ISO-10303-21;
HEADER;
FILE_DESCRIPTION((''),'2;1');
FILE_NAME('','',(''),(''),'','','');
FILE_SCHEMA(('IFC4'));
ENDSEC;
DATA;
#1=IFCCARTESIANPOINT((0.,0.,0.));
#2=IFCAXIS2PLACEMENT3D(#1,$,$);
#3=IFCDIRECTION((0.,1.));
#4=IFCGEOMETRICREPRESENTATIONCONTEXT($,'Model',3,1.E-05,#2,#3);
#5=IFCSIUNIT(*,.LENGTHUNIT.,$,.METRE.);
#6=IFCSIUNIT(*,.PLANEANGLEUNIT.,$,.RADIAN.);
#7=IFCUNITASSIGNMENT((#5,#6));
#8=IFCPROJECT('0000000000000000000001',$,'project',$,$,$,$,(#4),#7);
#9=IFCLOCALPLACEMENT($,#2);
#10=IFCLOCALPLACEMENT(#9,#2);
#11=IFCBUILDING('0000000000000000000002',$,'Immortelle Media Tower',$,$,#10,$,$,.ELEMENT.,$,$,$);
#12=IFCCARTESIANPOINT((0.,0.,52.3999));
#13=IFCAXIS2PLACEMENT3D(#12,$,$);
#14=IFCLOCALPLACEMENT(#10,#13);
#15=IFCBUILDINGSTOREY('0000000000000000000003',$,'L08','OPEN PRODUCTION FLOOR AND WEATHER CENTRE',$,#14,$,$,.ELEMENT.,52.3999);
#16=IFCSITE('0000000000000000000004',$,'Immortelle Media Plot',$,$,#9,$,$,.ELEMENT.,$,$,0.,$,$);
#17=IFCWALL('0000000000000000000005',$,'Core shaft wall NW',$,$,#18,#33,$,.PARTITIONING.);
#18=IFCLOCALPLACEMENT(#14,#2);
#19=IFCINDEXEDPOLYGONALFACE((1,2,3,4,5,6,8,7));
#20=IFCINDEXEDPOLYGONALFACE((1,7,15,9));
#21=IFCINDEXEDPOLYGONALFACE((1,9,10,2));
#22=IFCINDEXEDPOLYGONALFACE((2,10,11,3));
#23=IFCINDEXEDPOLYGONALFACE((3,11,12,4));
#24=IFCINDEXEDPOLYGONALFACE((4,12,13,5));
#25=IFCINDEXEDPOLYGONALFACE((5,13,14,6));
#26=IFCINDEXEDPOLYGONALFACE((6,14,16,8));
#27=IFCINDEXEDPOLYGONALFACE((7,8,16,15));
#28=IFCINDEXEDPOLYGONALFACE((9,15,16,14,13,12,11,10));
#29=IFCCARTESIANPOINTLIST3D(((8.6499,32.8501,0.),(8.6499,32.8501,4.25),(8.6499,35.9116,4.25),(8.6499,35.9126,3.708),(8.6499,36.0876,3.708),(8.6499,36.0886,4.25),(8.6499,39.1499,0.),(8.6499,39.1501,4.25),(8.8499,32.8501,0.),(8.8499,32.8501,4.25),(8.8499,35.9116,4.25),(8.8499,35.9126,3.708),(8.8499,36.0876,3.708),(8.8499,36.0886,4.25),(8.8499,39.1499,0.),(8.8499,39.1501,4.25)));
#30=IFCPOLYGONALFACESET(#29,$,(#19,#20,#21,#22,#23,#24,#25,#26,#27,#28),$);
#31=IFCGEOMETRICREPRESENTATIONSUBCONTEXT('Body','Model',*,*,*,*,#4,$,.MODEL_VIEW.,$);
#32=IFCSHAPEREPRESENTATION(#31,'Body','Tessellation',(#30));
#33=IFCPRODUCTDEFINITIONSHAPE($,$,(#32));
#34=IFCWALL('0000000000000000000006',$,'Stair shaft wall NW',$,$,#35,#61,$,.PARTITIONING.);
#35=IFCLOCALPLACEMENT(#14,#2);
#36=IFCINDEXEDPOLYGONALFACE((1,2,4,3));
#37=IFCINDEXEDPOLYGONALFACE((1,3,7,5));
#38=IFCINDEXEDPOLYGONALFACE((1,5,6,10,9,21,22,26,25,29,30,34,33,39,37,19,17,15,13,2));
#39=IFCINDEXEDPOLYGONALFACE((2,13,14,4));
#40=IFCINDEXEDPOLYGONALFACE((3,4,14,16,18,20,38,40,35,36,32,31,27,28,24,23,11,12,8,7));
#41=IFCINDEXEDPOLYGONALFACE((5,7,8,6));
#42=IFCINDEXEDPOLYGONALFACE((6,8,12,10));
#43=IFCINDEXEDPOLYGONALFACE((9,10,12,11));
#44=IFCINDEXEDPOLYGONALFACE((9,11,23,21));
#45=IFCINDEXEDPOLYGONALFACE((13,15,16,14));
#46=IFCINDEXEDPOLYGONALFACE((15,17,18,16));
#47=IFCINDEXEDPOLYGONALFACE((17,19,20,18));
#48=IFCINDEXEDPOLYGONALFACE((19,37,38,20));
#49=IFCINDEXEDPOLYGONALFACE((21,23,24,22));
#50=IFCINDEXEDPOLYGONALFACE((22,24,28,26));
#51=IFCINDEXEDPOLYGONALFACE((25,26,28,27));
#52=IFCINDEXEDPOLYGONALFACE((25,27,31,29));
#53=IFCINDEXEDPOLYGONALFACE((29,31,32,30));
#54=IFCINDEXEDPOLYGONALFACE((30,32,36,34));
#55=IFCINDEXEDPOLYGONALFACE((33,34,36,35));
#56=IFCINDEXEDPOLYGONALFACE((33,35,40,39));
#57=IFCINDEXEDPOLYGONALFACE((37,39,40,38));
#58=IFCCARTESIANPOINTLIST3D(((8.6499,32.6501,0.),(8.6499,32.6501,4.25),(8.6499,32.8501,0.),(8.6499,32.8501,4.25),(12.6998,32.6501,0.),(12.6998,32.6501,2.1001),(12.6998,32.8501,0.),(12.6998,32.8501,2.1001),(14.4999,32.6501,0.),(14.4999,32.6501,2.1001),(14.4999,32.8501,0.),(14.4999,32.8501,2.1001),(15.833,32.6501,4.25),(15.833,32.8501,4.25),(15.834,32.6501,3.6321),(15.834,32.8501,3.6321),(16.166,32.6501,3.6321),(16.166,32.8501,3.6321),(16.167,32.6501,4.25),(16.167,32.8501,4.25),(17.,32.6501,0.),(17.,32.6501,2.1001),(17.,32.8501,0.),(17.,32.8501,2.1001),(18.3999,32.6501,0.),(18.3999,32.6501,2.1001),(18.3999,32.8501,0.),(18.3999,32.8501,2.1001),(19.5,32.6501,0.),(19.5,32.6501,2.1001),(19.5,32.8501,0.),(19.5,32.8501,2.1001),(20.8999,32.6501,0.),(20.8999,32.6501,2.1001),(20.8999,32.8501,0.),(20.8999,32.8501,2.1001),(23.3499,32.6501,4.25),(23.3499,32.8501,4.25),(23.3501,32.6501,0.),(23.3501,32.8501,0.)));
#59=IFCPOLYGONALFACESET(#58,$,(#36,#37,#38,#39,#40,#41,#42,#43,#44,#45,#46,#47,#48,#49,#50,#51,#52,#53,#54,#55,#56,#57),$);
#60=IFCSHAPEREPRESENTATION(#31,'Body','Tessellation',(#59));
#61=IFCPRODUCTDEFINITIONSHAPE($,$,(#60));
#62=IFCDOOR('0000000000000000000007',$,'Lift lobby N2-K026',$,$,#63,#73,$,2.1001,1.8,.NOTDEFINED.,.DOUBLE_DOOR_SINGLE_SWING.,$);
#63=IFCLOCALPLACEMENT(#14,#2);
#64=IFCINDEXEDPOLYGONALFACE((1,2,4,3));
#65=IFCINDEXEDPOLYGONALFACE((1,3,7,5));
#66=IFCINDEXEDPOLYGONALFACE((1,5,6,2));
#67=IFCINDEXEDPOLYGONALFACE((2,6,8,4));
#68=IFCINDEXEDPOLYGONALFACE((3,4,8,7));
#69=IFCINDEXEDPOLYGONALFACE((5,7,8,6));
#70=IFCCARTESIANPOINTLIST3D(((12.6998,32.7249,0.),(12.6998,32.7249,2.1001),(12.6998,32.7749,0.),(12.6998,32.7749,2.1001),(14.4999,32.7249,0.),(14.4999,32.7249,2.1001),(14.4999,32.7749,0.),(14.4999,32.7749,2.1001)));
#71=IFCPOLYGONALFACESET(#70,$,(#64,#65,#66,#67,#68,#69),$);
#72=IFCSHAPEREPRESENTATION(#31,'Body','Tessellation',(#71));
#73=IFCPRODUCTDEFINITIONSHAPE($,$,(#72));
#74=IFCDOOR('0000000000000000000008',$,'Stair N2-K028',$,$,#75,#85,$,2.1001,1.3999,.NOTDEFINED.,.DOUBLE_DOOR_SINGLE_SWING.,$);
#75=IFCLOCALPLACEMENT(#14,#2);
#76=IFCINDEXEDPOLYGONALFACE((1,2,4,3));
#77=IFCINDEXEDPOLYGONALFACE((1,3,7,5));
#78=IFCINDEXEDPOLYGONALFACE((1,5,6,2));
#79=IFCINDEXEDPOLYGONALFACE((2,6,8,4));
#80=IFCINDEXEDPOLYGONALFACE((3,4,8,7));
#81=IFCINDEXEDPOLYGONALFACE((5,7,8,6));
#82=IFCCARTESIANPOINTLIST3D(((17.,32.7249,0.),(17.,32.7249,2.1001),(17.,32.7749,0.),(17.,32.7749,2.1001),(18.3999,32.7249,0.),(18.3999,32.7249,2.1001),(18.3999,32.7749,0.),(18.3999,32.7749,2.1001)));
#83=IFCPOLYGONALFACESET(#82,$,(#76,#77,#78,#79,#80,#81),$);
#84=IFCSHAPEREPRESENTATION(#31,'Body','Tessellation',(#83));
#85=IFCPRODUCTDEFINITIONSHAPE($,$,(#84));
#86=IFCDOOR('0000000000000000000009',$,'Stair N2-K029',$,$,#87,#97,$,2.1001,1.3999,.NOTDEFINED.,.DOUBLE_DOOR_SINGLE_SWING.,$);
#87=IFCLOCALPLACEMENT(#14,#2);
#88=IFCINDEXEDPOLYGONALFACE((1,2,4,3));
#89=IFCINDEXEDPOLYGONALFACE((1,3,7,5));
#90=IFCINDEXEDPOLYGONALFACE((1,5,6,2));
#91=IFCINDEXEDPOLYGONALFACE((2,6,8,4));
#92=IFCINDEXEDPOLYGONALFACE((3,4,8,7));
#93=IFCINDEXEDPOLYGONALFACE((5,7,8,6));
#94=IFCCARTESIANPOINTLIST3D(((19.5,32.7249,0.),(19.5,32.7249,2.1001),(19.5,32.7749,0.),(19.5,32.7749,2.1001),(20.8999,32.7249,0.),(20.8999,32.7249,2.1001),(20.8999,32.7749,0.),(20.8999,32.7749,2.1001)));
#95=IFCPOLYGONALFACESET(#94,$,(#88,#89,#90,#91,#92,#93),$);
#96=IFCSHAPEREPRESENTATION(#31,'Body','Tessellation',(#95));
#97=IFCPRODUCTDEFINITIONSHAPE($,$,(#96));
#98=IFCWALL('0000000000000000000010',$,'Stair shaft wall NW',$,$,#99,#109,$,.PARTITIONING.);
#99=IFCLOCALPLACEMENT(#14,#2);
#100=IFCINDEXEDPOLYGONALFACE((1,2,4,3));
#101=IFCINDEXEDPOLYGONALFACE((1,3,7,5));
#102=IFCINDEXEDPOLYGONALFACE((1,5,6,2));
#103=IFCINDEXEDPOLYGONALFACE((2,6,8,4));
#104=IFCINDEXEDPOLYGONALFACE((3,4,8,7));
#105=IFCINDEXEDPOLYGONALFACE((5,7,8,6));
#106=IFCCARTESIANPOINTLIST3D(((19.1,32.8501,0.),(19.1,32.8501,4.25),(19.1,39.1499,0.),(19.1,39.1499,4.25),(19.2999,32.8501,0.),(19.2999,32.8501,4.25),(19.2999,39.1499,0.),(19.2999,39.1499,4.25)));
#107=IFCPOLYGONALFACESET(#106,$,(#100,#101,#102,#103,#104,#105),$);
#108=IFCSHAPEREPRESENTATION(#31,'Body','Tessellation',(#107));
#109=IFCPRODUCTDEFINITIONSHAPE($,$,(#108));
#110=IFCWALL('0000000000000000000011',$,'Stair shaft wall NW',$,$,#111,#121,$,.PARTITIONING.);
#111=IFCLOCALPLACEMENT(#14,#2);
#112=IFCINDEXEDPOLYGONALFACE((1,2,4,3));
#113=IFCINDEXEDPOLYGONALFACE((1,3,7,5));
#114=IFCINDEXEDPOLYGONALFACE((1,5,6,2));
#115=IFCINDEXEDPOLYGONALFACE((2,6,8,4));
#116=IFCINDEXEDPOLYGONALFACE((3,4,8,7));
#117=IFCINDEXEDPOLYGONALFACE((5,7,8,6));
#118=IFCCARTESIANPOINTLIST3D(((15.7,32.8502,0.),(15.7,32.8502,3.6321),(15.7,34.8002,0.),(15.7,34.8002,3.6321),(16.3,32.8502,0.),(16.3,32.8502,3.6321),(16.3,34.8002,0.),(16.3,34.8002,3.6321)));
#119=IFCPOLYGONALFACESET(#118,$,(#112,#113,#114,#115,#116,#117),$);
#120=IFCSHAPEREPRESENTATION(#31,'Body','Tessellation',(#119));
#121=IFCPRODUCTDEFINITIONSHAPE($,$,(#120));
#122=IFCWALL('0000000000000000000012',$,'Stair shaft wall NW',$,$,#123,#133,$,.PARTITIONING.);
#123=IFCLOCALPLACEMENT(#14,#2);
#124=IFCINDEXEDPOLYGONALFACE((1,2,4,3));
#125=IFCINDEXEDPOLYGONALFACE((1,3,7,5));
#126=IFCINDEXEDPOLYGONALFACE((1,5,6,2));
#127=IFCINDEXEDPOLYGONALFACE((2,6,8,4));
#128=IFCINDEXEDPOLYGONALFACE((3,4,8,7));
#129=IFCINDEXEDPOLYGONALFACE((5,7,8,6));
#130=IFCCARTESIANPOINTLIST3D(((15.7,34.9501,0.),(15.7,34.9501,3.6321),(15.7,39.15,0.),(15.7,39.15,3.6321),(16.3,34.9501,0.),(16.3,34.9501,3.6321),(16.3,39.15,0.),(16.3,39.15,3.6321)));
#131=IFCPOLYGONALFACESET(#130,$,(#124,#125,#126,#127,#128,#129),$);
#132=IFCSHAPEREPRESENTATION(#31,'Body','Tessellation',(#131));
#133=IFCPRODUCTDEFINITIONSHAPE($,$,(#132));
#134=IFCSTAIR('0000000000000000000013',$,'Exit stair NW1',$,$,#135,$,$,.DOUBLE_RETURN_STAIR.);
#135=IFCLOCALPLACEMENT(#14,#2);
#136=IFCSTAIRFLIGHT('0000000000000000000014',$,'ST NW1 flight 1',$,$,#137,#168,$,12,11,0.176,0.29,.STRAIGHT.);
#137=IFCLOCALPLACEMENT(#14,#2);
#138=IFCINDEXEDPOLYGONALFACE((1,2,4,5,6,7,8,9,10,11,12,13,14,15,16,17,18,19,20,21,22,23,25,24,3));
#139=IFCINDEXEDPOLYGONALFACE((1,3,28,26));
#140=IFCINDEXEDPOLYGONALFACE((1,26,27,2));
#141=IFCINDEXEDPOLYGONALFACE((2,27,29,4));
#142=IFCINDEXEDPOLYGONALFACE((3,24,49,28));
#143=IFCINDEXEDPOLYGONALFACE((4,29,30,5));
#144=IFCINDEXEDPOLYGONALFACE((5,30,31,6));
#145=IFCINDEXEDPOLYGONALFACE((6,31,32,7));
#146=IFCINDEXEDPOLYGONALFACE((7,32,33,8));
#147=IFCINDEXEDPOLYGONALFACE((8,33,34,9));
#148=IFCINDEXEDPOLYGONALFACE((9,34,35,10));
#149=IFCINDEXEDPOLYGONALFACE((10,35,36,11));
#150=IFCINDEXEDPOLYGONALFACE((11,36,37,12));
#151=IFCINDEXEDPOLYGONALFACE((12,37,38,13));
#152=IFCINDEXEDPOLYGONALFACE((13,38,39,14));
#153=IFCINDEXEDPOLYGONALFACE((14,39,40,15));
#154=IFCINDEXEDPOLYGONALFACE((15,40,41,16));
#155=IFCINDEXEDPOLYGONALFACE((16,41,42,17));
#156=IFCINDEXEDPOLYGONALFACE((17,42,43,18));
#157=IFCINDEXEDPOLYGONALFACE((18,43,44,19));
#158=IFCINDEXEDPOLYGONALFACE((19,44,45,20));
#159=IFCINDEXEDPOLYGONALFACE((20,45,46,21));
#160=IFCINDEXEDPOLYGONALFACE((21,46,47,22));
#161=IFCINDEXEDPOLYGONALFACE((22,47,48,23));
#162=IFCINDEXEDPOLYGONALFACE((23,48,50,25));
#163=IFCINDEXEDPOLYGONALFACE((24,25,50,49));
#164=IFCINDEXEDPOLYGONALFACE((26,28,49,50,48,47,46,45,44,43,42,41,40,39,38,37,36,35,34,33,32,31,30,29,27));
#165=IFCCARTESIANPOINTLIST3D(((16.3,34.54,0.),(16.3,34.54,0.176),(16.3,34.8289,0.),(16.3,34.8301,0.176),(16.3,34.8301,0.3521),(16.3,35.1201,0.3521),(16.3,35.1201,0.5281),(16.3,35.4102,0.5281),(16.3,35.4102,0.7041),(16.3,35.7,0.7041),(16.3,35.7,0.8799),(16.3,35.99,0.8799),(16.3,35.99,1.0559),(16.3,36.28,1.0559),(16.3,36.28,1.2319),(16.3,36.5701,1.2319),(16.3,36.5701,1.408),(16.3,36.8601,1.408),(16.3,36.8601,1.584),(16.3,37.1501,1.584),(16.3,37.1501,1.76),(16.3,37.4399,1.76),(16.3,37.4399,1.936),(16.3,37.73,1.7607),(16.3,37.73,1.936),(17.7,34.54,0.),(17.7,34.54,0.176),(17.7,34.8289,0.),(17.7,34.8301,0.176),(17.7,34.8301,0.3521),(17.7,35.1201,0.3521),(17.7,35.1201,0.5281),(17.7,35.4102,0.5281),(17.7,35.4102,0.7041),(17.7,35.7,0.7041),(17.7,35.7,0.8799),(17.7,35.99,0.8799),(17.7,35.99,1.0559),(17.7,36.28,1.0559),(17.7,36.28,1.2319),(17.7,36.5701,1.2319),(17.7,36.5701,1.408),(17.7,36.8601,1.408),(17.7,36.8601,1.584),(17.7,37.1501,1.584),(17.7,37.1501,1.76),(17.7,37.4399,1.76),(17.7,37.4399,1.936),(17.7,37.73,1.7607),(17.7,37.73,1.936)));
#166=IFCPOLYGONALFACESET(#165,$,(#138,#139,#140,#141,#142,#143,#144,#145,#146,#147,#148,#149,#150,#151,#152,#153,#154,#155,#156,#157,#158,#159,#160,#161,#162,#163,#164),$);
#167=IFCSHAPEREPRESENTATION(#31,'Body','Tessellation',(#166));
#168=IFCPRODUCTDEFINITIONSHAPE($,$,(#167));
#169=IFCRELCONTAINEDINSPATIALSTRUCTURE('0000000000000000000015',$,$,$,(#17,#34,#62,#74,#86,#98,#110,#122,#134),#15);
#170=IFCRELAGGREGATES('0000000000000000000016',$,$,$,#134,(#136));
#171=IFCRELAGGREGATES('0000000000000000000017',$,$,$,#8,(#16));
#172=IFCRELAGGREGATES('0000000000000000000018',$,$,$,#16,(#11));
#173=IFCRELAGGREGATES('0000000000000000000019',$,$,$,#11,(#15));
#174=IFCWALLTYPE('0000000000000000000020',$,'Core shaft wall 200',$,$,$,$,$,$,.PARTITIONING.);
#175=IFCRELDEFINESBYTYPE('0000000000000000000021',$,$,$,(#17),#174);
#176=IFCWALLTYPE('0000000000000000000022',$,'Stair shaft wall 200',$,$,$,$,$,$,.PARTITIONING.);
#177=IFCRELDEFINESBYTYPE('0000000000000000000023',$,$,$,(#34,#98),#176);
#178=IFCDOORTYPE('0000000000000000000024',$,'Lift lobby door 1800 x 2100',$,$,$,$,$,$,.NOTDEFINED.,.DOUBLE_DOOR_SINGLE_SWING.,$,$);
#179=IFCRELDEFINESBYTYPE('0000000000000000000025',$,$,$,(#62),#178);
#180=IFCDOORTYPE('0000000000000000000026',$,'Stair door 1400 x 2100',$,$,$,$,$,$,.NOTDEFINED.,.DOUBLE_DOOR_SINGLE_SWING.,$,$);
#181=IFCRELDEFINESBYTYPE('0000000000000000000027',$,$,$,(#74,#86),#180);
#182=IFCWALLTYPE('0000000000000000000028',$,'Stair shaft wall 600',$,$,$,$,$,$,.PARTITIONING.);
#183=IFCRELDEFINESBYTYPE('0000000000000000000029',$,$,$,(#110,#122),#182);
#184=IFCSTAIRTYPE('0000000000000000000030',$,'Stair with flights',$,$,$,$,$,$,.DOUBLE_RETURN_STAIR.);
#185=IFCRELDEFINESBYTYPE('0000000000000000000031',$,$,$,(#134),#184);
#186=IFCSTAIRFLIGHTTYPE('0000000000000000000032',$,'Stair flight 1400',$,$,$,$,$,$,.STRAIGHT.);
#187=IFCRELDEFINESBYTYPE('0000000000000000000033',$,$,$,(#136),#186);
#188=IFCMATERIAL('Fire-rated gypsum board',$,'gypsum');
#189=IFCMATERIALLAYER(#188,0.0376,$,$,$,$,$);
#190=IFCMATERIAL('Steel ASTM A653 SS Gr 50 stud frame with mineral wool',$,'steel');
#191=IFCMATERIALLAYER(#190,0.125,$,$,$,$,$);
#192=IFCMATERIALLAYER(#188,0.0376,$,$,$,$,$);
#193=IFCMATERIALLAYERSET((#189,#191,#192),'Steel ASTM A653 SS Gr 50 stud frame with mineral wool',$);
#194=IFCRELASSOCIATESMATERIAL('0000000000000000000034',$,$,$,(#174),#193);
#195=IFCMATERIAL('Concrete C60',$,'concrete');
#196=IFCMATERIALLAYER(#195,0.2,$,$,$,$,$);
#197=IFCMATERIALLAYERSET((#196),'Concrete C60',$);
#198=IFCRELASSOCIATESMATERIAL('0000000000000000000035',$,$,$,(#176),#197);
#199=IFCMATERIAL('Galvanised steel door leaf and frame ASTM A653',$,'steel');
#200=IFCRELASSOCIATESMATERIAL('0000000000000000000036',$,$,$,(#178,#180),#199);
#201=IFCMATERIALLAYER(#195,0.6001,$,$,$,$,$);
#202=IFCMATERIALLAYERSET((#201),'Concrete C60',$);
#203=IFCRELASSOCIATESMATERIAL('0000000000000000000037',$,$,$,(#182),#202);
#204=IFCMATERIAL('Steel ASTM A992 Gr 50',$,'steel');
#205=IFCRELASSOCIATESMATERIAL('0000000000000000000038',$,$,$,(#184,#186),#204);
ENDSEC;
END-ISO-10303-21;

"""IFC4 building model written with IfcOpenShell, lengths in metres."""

from ifc_helpers import new_model, si_unit, direction, frame, frame_2d, origin, place, context, subcontext, project, spatial, polyline, rectangle, outline, extrude, material, layer, layer_set, type_object, element, fill, aggregate, save


model = new_model("IFC4")

# Units and contexts
model_context = context("Model", 3, precision=1e-05, world=origin(), true_north=direction((0.0, 1.0)))
body_context = subcontext(model_context, "Body", "Model", "MODEL_VIEW")
ifc_project = project(units=[si_unit("LENGTHUNIT", "METRE"), si_unit("PLANEANGLEUNIT", "RADIAN")], contexts=[model_context])

# Site, building, storey
site_placement = place(None, origin())
site = spatial("IfcSite", under=ifc_project, at=site_placement, Name="Immortelle Media Plot", CompositionType="ELEMENT", RefElevation=0.0)
building_placement = place(site_placement, origin())
building = spatial("IfcBuilding", under=site, at=building_placement, Name="Immortelle Media Tower", CompositionType="ELEMENT")
storey_placement = place(building_placement, frame((0.0, 0.0, 52.3999)))
storey = spatial("IfcBuildingStorey", under=building, at=storey_placement, Name="L08", Description="OPEN PRODUCTION FLOOR AND WEATHER CENTRE", CompositionType="ELEMENT", Elevation=52.3999)

# Shared definitions
ifc_material_1 = material(Name="Fire-rated gypsum board", Category="gypsum")
ifc_material_2 = material(Name="Steel ASTM A653 SS Gr 50 stud frame with mineral wool", Category="steel")
ifc_material_3 = material(Name="Galvanised steel door leaf and frame ASTM A653", Category="steel")

# Wall
ifc_layer_1 = layer(ifc_material_1, 0.0376)
ifc_layer_2 = layer(ifc_material_2, 0.125)
ifc_layer_3 = layer(ifc_material_1, 0.0376)
ifc_layer_set_1 = layer_set([ifc_layer_1, ifc_layer_2, ifc_layer_3], Name="Steel ASTM A653 SS Gr 50 stud frame with mineral wool")
wall_type_1 = type_object("IfcWallType", Name="Core shaft wall 200", PredefinedType="PARTITIONING", material=ifc_layer_set_1)
wall_1_placement = place(storey_placement, frame((8.75, 32.8501, 0.0), z_axis=(0.0, 0.0, 1.0), x_axis=(0.0, 1.0, 0.0)))
element("IfcWall", 1, at=wall_1_placement, inside=storey, type_object=wall_type_1, Name="Core shaft wall NW", PredefinedType="PARTITIONING", context=body_context, shape_type="SweptSolid", body=[
    extrude(outline(polyline([(0.0, 0.0), (6.2998, 0.0), (6.3, 4.25), (3.2385, 4.25), (3.2375, 3.708), (3.0625, 3.708), (3.0615, 4.25), (0.0, 4.25), (0.0, 0.0)])), frame((0.0, 0.1001, 0.0), z_axis=(0.0, -1.0, 0.0), x_axis=(1.0, 0.0, 0.0)), (0.0, 0.0, 1.0), 0.2),
])

# Wall, openings, doors
ifc_material_4 = material(Name="Concrete C60", Category="concrete")
ifc_layer_4 = layer(ifc_material_4, 0.2)
ifc_layer_set_2 = layer_set([ifc_layer_4], Name="Concrete C60")
wall_type_2 = type_object("IfcWallType", Name="Stair shaft wall 200", PredefinedType="PARTITIONING", material=ifc_layer_set_2)
wall_2_placement = place(storey_placement, frame((8.6499, 32.75, 0.0), z_axis=(0.0, 0.0, 1.0), x_axis=(1.0, 0.0, 0.0)))
wall_2 = element("IfcWall", 2, at=wall_2_placement, inside=storey, type_object=wall_type_2, Name="Stair shaft wall NW", PredefinedType="PARTITIONING", context=body_context, shape_type="SweptSolid", body=[
    extrude(outline(polyline([(0.0, 0.0), (14.7002, 0.0), (14.7, 4.25), (7.5171, 4.25), (7.5161, 3.6321), (7.1841, 3.6321), (7.1831, 4.25), (0.0, 4.25), (0.0, 0.0)])), frame((0.0, 0.1001, 0.0), z_axis=(0.0, -1.0, 0.0), x_axis=(1.0, 0.0, 0.0)), (0.0, 0.0, 1.0), 0.2),
])
opening_1_placement = place(wall_2_placement, frame((4.05, 0.0, 0.0)))
opening_1 = element("IfcOpeningElement", 3, at=opening_1_placement, cuts=wall_2, PredefinedType="OPENING", context=body_context, shape_type="SweptSolid", body=[
    extrude(rectangle(XDim=1.8, YDim=2.1001, at=frame_2d((0.8999, 1.05))), frame((0.0, 0.1099, 0.0), z_axis=(0.0, -1.0, 0.0), x_axis=(1.0, 0.0, 0.0)), (0.0, 0.0, 1.0), 0.22),
])
opening_2_placement = place(wall_2_placement, frame((8.3501, 0.0, 0.0)))
opening_2 = element("IfcOpeningElement", 4, at=opening_2_placement, cuts=wall_2, PredefinedType="OPENING", context=body_context, shape_type="SweptSolid", body=[
    extrude(rectangle(XDim=1.3999, YDim=2.1001, at=frame_2d((0.7, 1.05))), frame((0.0, 0.1099, 0.0), z_axis=(0.0, -1.0, 0.0), x_axis=(1.0, 0.0, 0.0)), (0.0, 0.0, 1.0), 0.22),
])
opening_3_placement = place(wall_2_placement, frame((10.8501, 0.0, 0.0)))
opening_3 = element("IfcOpeningElement", 5, at=opening_3_placement, cuts=wall_2, PredefinedType="OPENING", context=body_context, shape_type="SweptSolid", body=[
    extrude(rectangle(XDim=1.3999, YDim=2.1001, at=frame_2d((0.7, 1.05))), frame((0.0, 0.1099, 0.0), z_axis=(0.0, -1.0, 0.0), x_axis=(1.0, 0.0, 0.0)), (0.0, 0.0, 1.0), 0.22),
])
door_type_1 = type_object("IfcDoorType", Name="Lift lobby door 1800 x 2100", OperationType="DOUBLE_DOOR_SINGLE_SWING", PredefinedType="NOTDEFINED", material=ifc_material_3)
door_1_placement = place(opening_1_placement, origin())
door_1 = element("IfcDoor", 6, at=door_1_placement, inside=storey, type_object=door_type_1, Name="Lift lobby N2-K026", OperationType="DOUBLE_DOOR_SINGLE_SWING", OverallHeight=2.1001, OverallWidth=1.8, PredefinedType="NOTDEFINED", context=body_context, shape_type="SweptSolid", body=[
    extrude(rectangle(XDim=1.8, YDim=2.1001, at=frame_2d((0.8999, 1.05))), frame((0.0, 0.0249, 0.0), z_axis=(0.0, -1.0, 0.0), x_axis=(1.0, 0.0, 0.0)), (0.0, 0.0, 1.0), 0.05),
])
fill(opening_1, door_1)
door_type_2 = type_object("IfcDoorType", Name="Stair door 1400 x 2100", OperationType="DOUBLE_DOOR_SINGLE_SWING", PredefinedType="NOTDEFINED", material=ifc_material_3)
door_2_placement = place(opening_2_placement, origin())
door_2 = element("IfcDoor", 7, at=door_2_placement, inside=storey, type_object=door_type_2, Name="Stair N2-K028", OperationType="DOUBLE_DOOR_SINGLE_SWING", OverallHeight=2.1001, OverallWidth=1.3999, PredefinedType="NOTDEFINED", context=body_context, shape_type="SweptSolid", body=[
    extrude(rectangle(XDim=1.3999, YDim=2.1001, at=frame_2d((0.7, 1.05))), frame((0.0, 0.0249, 0.0), z_axis=(0.0, -1.0, 0.0), x_axis=(1.0, 0.0, 0.0)), (0.0, 0.0, 1.0), 0.05),
])
fill(opening_2, door_2)
door_3_placement = place(opening_3_placement, origin())
door_3 = element("IfcDoor", 8, at=door_3_placement, inside=storey, type_object=door_type_2, Name="Stair N2-K029", OperationType="DOUBLE_DOOR_SINGLE_SWING", OverallHeight=2.1001, OverallWidth=1.3999, PredefinedType="NOTDEFINED", context=body_context, shape_type="SweptSolid", body=[
    extrude(rectangle(XDim=1.3999, YDim=2.1001, at=frame_2d((0.7, 1.05))), frame((0.0, 0.0249, 0.0), z_axis=(0.0, -1.0, 0.0), x_axis=(1.0, 0.0, 0.0)), (0.0, 0.0, 1.0), 0.05),
])
fill(opening_3, door_3)

# Walls
wall_3_placement = place(storey_placement, frame((19.2, 32.8501, 0.0), z_axis=(0.0, 0.0, 1.0), x_axis=(0.0, 1.0, 0.0)))
element("IfcWall", 9, at=wall_3_placement, inside=storey, type_object=wall_type_2, Name="Stair shaft wall NW", PredefinedType="PARTITIONING", context=body_context, shape_type="SweptSolid", body=[
    extrude(rectangle(XDim=6.2998, YDim=0.2, at=frame_2d((3.1499, 0.0))), origin(), (0.0, 0.0, 1.0), 4.25),
])
ifc_layer_5 = layer(ifc_material_4, 0.6001)
ifc_layer_set_3 = layer_set([ifc_layer_5], Name="Concrete C60")
wall_type_3 = type_object("IfcWallType", Name="Stair shaft wall 600", PredefinedType="PARTITIONING", material=ifc_layer_set_3)
wall_4_placement = place(storey_placement, frame((16.0, 32.8501, 0.0), z_axis=(0.0, 0.0, 1.0), x_axis=(0.0, 1.0, 0.0)))
element("IfcWall", 10, at=wall_4_placement, inside=storey, type_object=wall_type_3, Name="Stair shaft wall NW", PredefinedType="PARTITIONING", context=body_context, shape_type="SweptSolid", body=[
    extrude(rectangle(XDim=1.95, YDim=0.6001, at=frame_2d((0.9751, 0.0))), origin(), (0.0, 0.0, 1.0), 3.6321),
])
wall_5_placement = place(storey_placement, frame((16.0, 34.95, 0.0), z_axis=(0.0, 0.0, 1.0), x_axis=(0.0, 1.0, 0.0)))
element("IfcWall", 11, at=wall_5_placement, inside=storey, type_object=wall_type_3, Name="Stair shaft wall NW", PredefinedType="PARTITIONING", context=body_context, shape_type="SweptSolid", body=[
    extrude(rectangle(XDim=4.2, YDim=0.6001, at=frame_2d((2.1001, 0.0))), origin(), (0.0, 0.0, 1.0), 3.6321),
])

# Stair, stair flight
ifc_material_5 = material(Name="Steel ASTM A992 Gr 50", Category="steel")
stair_type = type_object("IfcStairType", Name="Stair with flights", PredefinedType="DOUBLE_RETURN_STAIR", material=ifc_material_5)
stair_1_placement = place(storey_placement, origin())
stair_1 = element("IfcStair", 12, at=stair_1_placement, inside=storey, type_object=stair_type, Name="Exit stair NW1", PredefinedType="DOUBLE_RETURN_STAIR")
stair_flight_type = type_object("IfcStairFlightType", Name="Stair flight 1400", PredefinedType="STRAIGHT", material=ifc_material_5)
stair_flight_1_placement = place(storey_placement, frame((17.0, 34.54, 0.0), z_axis=(0.0, 0.0, 1.0), x_axis=(0.0, 1.0, 0.0)))
stair_flight_1 = element("IfcStairFlight", 13, at=stair_flight_1_placement, type_object=stair_flight_type, Name="ST NW1 flight 1", NumberOfRisers=12, NumberOfTreads=11, PredefinedType="STRAIGHT", RiserHeight=0.176, TreadLength=0.29, context=body_context, shape_type="SweptSolid", body=[
    extrude(outline(polyline([(0.0, 0.0), (0.0, 0.176), (0.29, 0.176), (0.29, 0.3521), (0.5801, 0.3521), (0.5801, 0.5281), (0.8701, 0.5281), (0.8701, 0.7041), (1.1599, 0.7041), (1.1599, 0.8799), (1.45, 0.8799), (1.45, 1.0559), (1.74, 1.0559), (1.74, 1.2319), (2.03, 1.2319), (2.03, 1.408), (2.3201, 1.408), (2.3201, 1.584), (2.6101, 1.584), (2.6101, 1.76), (2.8999, 1.76), (2.8999, 1.936), (3.1899, 1.936), (3.1899, 2.1121), (3.1899, 1.7607), (0.2888, 0.0), (0.0, 0.0)])), frame((0.0, 0.7, 0.0), z_axis=(0.0, -1.0, 0.0), x_axis=(1.0, 0.0, 0.0)), (0.0, 0.0, 1.0), 1.3999),
])
aggregate(stair_1, [stair_flight_1])

save(model, "model.ifc")
